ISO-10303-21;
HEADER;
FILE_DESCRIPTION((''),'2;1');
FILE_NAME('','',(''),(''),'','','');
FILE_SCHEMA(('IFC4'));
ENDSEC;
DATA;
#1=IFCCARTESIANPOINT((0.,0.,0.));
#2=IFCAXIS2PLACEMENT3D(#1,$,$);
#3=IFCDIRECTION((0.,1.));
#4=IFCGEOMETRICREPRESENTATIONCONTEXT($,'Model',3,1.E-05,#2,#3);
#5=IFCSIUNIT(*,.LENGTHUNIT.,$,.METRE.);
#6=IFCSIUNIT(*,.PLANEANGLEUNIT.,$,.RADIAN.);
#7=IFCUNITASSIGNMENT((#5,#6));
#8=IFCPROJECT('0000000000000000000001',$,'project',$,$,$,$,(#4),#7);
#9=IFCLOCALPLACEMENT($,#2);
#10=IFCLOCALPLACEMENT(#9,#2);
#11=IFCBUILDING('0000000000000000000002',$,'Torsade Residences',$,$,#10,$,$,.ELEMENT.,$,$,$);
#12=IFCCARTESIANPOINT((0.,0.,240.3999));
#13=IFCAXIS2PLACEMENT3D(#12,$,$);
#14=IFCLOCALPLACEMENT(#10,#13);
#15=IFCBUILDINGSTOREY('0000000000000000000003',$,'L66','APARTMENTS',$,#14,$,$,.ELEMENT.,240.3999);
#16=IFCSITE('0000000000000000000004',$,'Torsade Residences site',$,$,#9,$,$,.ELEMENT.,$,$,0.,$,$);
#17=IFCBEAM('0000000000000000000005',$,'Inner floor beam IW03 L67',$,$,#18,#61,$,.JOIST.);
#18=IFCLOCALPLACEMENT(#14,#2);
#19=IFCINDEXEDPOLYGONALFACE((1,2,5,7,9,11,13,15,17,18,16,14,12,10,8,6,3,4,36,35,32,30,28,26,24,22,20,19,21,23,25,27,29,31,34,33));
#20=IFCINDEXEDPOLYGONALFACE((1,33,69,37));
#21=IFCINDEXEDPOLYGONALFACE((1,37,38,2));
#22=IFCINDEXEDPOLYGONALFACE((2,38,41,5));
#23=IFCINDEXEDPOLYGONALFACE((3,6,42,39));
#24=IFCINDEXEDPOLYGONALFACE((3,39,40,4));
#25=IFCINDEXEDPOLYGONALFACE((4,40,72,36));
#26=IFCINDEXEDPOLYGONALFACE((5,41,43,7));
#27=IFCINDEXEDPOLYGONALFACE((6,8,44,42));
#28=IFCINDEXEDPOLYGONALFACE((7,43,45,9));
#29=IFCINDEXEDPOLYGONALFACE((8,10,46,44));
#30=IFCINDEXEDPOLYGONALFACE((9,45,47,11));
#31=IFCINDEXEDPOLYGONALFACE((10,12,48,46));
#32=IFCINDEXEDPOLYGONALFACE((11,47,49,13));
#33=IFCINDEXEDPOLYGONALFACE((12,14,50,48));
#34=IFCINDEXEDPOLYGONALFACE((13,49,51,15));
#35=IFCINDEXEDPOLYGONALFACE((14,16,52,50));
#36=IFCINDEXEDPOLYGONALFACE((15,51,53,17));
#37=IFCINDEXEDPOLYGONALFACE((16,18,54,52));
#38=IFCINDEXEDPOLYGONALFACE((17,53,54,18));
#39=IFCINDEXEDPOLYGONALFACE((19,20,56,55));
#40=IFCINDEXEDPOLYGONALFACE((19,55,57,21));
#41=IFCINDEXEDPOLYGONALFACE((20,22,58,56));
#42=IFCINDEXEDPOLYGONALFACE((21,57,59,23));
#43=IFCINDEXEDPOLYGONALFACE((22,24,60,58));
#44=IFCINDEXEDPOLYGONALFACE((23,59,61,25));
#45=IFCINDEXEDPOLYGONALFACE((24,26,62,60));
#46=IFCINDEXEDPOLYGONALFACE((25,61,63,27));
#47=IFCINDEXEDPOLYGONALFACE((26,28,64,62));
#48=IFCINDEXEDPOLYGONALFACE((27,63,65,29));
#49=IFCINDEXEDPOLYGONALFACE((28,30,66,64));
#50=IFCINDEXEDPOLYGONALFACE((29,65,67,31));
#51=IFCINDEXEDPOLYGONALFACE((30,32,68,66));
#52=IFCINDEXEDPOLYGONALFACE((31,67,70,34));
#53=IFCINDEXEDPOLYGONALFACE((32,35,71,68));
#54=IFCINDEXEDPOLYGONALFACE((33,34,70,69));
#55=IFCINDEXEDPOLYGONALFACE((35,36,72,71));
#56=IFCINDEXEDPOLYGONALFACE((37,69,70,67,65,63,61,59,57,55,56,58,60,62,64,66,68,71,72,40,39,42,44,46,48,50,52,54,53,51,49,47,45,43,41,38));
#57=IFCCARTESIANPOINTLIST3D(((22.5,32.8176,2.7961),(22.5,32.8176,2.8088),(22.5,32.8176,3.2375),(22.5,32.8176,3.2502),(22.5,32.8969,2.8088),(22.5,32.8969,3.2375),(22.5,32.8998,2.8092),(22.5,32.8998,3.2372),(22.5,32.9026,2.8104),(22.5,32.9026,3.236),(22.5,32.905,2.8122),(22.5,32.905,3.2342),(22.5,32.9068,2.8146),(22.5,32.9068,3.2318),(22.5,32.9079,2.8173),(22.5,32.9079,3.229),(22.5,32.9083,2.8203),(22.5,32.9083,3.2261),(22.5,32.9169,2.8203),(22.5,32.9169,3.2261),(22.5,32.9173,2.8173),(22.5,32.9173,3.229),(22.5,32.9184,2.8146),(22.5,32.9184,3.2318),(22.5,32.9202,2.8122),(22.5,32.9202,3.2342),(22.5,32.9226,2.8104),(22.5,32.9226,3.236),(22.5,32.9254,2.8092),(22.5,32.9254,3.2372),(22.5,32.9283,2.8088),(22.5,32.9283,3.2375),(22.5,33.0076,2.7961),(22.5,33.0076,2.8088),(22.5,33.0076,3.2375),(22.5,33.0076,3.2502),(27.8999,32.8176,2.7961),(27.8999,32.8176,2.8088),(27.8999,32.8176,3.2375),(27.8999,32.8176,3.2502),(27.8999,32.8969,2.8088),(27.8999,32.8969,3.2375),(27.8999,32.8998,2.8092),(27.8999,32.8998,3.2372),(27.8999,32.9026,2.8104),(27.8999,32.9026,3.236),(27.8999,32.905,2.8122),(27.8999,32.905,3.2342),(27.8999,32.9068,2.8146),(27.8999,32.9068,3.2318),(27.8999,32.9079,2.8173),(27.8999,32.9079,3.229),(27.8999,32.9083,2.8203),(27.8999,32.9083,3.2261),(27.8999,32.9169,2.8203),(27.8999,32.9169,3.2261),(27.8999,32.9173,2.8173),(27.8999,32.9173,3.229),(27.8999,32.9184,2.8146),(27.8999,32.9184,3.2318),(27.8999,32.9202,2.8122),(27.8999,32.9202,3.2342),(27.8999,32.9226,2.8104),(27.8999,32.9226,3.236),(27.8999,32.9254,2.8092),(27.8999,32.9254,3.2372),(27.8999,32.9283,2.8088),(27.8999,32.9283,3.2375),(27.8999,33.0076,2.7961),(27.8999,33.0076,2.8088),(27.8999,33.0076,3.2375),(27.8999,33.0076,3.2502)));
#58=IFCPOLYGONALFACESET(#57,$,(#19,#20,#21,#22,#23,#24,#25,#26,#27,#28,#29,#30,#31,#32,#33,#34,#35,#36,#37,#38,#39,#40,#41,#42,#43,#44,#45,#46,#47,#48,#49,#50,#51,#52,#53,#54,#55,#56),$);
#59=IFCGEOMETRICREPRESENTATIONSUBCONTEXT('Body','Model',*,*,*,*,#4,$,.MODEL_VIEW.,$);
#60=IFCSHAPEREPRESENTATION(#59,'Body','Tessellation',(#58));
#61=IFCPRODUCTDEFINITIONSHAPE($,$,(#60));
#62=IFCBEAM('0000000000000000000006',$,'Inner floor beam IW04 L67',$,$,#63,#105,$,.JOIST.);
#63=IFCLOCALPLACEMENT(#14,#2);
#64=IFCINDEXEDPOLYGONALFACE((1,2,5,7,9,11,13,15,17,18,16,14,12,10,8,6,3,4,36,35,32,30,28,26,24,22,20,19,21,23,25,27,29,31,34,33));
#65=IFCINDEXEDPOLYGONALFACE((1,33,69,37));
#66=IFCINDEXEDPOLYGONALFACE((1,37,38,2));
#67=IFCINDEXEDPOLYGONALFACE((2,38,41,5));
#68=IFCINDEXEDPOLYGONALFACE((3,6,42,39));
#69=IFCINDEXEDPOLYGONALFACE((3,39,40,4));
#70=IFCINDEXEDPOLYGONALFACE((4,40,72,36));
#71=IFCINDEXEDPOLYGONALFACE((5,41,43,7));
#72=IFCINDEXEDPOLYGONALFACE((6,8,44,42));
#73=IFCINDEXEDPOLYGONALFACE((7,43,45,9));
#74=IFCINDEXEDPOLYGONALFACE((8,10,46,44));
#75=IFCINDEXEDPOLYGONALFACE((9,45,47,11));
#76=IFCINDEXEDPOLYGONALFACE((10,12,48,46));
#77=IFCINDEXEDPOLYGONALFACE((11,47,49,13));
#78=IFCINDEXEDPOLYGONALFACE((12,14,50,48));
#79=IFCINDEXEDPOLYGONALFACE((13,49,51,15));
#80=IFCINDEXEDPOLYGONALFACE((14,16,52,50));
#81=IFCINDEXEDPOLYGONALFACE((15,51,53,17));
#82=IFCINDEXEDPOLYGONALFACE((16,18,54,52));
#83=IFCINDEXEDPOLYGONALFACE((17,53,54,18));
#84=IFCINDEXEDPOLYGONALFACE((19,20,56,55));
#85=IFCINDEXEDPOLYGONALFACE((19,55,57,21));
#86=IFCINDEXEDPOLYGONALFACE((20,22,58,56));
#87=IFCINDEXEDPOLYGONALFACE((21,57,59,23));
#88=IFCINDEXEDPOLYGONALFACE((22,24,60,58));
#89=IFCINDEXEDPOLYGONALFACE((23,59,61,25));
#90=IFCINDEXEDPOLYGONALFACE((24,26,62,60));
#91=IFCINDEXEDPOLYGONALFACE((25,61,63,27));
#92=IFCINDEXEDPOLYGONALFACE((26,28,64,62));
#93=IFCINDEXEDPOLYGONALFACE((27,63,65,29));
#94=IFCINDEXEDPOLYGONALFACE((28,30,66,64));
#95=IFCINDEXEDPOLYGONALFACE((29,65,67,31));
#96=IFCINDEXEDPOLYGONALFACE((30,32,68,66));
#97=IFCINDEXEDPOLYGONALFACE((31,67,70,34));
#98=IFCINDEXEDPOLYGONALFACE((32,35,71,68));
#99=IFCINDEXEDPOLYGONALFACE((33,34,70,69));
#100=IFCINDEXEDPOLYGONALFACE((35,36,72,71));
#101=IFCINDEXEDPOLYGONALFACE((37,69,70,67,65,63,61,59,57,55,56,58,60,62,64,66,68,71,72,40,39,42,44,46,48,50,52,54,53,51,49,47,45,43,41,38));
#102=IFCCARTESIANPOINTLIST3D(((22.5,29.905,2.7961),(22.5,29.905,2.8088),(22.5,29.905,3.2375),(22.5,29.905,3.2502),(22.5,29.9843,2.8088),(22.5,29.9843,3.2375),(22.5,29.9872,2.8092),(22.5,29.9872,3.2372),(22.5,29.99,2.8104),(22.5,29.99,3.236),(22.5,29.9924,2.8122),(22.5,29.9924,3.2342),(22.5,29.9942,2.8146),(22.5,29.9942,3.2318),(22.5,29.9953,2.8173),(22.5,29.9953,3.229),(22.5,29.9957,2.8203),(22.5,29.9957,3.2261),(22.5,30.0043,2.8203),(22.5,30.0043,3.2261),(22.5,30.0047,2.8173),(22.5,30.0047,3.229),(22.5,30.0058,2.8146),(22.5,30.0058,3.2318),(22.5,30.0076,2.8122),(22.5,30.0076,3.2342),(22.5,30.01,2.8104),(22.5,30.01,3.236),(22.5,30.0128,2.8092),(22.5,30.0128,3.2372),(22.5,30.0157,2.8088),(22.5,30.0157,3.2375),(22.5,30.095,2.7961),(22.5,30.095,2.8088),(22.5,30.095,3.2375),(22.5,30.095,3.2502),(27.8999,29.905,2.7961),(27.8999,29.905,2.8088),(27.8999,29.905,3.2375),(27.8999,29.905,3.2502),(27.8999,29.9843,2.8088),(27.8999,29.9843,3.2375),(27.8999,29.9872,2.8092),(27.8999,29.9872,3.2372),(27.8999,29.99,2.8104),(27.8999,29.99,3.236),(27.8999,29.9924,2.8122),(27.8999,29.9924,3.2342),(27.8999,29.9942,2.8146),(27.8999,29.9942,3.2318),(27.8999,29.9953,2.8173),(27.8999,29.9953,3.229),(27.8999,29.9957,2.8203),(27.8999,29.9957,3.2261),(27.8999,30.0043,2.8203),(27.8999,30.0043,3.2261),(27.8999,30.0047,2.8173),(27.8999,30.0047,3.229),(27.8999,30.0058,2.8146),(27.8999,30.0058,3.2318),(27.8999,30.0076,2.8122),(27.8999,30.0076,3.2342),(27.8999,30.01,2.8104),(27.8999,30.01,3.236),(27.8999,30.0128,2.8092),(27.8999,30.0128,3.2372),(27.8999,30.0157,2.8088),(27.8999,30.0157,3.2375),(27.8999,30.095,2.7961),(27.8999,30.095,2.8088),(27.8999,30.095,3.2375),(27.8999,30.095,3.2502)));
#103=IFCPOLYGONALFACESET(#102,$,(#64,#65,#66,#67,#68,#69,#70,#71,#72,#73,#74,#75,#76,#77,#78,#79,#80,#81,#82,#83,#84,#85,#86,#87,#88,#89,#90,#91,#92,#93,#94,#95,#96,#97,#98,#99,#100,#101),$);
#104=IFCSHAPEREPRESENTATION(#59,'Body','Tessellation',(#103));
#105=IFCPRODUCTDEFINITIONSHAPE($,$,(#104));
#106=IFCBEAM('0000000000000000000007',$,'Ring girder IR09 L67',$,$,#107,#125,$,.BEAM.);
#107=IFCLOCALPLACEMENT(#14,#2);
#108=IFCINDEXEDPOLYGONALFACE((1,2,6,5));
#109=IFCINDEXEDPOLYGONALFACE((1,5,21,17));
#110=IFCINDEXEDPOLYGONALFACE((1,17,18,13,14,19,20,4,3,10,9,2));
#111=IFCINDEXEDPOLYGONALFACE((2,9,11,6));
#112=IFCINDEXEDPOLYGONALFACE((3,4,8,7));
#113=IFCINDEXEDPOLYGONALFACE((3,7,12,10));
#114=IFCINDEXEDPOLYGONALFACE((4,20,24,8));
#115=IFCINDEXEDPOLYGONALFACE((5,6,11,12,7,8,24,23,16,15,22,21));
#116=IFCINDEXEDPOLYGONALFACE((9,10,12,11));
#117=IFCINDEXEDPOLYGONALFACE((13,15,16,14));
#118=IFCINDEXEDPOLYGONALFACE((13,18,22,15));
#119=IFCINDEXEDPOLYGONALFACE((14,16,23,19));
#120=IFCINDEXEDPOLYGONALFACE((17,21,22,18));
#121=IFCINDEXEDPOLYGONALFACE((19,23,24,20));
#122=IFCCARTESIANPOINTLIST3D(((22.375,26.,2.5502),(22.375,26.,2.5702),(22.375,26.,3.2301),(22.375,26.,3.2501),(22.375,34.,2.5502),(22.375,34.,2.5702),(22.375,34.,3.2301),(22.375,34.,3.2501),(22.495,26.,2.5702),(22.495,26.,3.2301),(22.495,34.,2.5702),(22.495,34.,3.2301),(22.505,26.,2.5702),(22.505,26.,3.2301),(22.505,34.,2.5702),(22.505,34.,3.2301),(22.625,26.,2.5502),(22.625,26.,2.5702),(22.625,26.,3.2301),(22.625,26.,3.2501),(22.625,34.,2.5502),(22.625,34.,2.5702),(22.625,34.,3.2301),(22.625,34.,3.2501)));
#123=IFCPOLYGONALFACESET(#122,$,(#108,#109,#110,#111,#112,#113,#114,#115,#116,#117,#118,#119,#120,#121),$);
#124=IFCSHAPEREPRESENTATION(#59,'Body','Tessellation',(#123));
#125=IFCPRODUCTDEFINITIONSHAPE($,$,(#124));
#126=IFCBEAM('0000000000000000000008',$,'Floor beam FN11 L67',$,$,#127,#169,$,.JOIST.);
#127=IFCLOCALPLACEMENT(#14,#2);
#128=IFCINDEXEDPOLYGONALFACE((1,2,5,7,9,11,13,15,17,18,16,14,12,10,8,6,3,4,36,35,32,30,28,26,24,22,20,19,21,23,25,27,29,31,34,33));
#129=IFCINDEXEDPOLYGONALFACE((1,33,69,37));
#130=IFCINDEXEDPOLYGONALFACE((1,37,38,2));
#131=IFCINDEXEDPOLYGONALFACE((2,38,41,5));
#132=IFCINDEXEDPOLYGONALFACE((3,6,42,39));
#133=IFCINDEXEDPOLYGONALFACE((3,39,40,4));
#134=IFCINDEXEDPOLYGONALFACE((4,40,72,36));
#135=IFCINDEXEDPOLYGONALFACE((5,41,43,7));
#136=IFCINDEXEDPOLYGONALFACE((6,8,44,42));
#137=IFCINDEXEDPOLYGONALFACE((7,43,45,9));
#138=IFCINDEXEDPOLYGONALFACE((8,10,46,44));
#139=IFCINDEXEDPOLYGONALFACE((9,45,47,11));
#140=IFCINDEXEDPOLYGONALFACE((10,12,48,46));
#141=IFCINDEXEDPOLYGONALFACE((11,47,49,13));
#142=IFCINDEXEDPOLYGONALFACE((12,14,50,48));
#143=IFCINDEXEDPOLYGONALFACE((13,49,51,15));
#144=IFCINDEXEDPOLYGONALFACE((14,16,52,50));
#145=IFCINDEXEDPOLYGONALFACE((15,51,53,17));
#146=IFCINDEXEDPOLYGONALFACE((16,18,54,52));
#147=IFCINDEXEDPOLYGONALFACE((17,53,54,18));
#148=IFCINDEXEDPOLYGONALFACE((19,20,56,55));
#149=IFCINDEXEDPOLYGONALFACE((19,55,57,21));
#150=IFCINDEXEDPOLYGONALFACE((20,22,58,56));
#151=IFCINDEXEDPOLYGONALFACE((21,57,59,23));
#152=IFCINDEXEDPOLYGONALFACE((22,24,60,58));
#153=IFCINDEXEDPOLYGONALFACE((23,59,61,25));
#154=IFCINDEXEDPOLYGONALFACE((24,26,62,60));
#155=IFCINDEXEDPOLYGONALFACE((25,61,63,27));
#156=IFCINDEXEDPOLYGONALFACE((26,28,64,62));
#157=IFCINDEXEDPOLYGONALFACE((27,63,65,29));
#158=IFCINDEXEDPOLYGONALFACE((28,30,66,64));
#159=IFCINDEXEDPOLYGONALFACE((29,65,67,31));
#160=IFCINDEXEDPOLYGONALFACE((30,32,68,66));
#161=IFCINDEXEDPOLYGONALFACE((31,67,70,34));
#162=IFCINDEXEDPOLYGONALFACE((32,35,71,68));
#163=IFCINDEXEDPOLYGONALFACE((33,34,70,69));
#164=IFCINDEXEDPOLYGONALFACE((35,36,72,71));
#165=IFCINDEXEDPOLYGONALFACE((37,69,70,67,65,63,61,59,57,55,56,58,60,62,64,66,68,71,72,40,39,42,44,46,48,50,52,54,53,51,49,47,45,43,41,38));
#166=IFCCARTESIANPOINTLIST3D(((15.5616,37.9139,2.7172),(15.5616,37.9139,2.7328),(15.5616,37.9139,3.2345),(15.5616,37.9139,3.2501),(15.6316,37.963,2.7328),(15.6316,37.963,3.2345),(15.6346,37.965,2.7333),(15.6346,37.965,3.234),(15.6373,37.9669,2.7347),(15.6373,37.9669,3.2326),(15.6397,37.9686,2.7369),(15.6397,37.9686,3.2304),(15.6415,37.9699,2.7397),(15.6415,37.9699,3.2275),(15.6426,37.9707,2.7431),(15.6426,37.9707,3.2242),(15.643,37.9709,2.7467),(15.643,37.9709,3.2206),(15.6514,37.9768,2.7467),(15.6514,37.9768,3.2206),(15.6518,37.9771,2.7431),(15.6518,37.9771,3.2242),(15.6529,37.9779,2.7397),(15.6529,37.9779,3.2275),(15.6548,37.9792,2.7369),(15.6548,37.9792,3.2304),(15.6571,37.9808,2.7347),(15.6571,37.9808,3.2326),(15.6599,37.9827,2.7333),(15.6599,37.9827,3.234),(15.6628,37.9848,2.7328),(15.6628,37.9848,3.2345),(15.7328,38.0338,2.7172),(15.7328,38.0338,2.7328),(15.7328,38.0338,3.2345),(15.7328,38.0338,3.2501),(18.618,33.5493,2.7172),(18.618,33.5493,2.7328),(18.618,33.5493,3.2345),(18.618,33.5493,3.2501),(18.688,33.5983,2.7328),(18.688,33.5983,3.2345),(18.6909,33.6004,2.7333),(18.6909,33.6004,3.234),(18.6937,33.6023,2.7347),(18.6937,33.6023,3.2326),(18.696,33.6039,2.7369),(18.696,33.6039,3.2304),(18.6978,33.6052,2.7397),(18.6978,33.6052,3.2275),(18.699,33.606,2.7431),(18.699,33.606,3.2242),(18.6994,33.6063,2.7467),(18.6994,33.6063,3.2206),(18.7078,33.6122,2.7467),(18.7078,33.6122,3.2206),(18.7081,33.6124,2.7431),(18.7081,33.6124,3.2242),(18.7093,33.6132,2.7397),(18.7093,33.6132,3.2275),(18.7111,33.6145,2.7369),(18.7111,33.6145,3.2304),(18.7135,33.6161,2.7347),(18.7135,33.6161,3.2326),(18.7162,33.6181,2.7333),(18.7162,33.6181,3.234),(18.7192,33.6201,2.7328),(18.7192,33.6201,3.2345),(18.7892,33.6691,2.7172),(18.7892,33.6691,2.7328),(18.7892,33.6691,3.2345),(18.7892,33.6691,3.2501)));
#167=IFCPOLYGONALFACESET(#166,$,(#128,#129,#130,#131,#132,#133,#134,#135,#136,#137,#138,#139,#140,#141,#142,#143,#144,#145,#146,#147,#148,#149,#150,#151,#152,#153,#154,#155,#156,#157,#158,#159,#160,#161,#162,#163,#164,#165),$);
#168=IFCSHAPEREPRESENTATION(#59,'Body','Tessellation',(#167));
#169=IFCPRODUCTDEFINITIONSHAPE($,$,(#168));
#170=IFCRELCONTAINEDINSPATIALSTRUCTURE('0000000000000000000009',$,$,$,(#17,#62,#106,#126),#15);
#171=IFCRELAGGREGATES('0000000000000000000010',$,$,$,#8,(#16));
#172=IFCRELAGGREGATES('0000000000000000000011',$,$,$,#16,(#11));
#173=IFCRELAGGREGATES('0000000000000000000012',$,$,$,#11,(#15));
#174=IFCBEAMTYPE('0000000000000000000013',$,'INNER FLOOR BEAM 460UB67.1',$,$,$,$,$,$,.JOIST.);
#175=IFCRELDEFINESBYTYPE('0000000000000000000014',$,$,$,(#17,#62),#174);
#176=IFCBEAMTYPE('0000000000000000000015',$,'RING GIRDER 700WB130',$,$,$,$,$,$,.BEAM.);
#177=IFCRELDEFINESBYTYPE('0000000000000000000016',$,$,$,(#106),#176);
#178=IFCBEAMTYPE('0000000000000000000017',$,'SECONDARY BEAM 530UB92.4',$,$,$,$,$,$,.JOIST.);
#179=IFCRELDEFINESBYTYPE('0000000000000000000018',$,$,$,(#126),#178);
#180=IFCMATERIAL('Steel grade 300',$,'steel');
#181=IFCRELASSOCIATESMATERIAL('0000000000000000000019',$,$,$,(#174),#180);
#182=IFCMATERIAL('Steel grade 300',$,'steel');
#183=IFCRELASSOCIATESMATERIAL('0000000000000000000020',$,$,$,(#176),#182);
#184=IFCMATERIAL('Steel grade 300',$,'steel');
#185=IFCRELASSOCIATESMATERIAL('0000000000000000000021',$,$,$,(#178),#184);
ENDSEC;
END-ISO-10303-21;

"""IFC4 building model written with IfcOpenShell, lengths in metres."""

from ifc_helpers import new_model, si_unit, direction, frame, origin, origin_2d, place, context, subcontext, project, spatial, i_section, extrude, material, material_profile, profile_set, type_object, element, save


model = new_model("IFC4")

# Units and contexts
model_context = context("Model", 3, precision=1e-05, world=origin(), true_north=direction((0.0, 1.0)))
body_context = subcontext(model_context, "Body", "Model", "MODEL_VIEW")
ifc_project = project(units=[si_unit("LENGTHUNIT", "METRE"), si_unit("PLANEANGLEUNIT", "RADIAN")], contexts=[model_context])

# Site, building, storey
site_placement = place(None, origin())
site = spatial("IfcSite", under=ifc_project, at=site_placement, Name="Torsade Residences site", CompositionType="ELEMENT", RefElevation=0.0)
building_placement = place(site_placement, origin())
building = spatial("IfcBuilding", under=site, at=building_placement, Name="Torsade Residences", CompositionType="ELEMENT")
storey_placement = place(building_placement, frame((0.0, 0.0, 240.3999)))
storey = spatial("IfcBuildingStorey", under=building, at=storey_placement, Name="L66", Description="APARTMENTS", CompositionType="ELEMENT", Elevation=240.3999)

# Beams
ifc_material_1 = material(Name="Steel grade 300", Category="steel")
ifc_material_profile_1 = material_profile(ifc_material_1, i_section(OverallWidth=0.1899, OverallDepth=0.4541, WebThickness=0.0085, FlangeThickness=0.0127, FilletRadius=0.0115, at=origin_2d()), Name="460UB67.1")
ifc_profile_set_1 = profile_set([ifc_material_profile_1], Name="Steel grade 300")
beam_type_1 = type_object("IfcBeamType", Name="INNER FLOOR BEAM 460UB67.1", PredefinedType="JOIST", material=ifc_profile_set_1)
for number, where, z_axis, x_axis, name in (
    (1, (27.8999, 32.9126, 3.0232), (-1.0, 0.0, 0.0), (0.0, -1.0, 0.0), "Inner floor beam IW03 L67"),
    (2, (27.8999, 30.0, 3.0232), (-1.0, 0.0, 0.0), (0.0, -1.0, 0.0), "Inner floor beam IW04 L67"),
):
    element("IfcBeam", number, at=place(storey_placement, frame(where, z_axis=z_axis, x_axis=x_axis)), inside=storey, type_object=beam_type_1, Name=name, PredefinedType="JOIST", context=body_context, shape_type="SweptSolid", body=[
        extrude(i_section(OverallWidth=0.1899, OverallDepth=0.4541, WebThickness=0.0085, FlangeThickness=0.0127, FilletRadius=0.0115, at=origin_2d()), origin(), (0.0, 0.0, 1.0), 5.3999),
    ])
ifc_material_2 = material(Name="Steel grade 300", Category="steel")
ifc_material_profile_2 = material_profile(ifc_material_2, i_section(OverallWidth=0.25, OverallDepth=0.7, WebThickness=0.01, FlangeThickness=0.02, at=origin_2d()), Name="700WB130")
ifc_profile_set_2 = profile_set([ifc_material_profile_2], Name="Steel grade 300")
beam_type_2 = type_object("IfcBeamType", Name="RING GIRDER 700WB130", PredefinedType="BEAM", material=ifc_profile_set_2)
beam_1_placement = place(storey_placement, frame((22.5, 34.0, 2.9001), z_axis=(0.0, -1.0, 0.0), x_axis=(1.0, 0.0, 0.0)))
element("IfcBeam", 3, at=beam_1_placement, inside=storey, type_object=beam_type_2, Name="Ring girder IR09 L67", PredefinedType="BEAM", context=body_context, shape_type="SweptSolid", body=[
    extrude(i_section(OverallWidth=0.25, OverallDepth=0.7, WebThickness=0.01, FlangeThickness=0.02, at=origin_2d()), origin(), (0.0, 0.0, 1.0), 8.0),
])
ifc_material_3 = material(Name="Steel grade 300", Category="steel")
ifc_material_profile_3 = material_profile(ifc_material_3, i_section(OverallWidth=0.209, OverallDepth=0.533, WebThickness=0.0103, FlangeThickness=0.0156, FilletRadius=0.0139, at=origin_2d()), Name="530UB92.4")
ifc_profile_set_3 = profile_set([ifc_material_profile_3], Name="Steel grade 300")
beam_type_3 = type_object("IfcBeamType", Name="SECONDARY BEAM 530UB92.4", PredefinedType="JOIST", material=ifc_profile_set_3)
beam_2_placement = place(storey_placement, frame((15.6472, 37.9739, 2.9836), z_axis=(0.573598, -0.819137, 0.0), x_axis=(0.819137, 0.573598, 0.0)))
element("IfcBeam", 4, at=beam_2_placement, inside=storey, type_object=beam_type_3, Name="Floor beam FN11 L67", PredefinedType="JOIST", context=body_context, shape_type="SweptSolid", body=[
    extrude(i_section(OverallWidth=0.209, OverallDepth=0.533, WebThickness=0.0103, FlangeThickness=0.0156, FilletRadius=0.0139, at=origin_2d()), origin(), (0.0, 0.0, 1.0), 5.3284),
])

save(model, "model.ifc")
